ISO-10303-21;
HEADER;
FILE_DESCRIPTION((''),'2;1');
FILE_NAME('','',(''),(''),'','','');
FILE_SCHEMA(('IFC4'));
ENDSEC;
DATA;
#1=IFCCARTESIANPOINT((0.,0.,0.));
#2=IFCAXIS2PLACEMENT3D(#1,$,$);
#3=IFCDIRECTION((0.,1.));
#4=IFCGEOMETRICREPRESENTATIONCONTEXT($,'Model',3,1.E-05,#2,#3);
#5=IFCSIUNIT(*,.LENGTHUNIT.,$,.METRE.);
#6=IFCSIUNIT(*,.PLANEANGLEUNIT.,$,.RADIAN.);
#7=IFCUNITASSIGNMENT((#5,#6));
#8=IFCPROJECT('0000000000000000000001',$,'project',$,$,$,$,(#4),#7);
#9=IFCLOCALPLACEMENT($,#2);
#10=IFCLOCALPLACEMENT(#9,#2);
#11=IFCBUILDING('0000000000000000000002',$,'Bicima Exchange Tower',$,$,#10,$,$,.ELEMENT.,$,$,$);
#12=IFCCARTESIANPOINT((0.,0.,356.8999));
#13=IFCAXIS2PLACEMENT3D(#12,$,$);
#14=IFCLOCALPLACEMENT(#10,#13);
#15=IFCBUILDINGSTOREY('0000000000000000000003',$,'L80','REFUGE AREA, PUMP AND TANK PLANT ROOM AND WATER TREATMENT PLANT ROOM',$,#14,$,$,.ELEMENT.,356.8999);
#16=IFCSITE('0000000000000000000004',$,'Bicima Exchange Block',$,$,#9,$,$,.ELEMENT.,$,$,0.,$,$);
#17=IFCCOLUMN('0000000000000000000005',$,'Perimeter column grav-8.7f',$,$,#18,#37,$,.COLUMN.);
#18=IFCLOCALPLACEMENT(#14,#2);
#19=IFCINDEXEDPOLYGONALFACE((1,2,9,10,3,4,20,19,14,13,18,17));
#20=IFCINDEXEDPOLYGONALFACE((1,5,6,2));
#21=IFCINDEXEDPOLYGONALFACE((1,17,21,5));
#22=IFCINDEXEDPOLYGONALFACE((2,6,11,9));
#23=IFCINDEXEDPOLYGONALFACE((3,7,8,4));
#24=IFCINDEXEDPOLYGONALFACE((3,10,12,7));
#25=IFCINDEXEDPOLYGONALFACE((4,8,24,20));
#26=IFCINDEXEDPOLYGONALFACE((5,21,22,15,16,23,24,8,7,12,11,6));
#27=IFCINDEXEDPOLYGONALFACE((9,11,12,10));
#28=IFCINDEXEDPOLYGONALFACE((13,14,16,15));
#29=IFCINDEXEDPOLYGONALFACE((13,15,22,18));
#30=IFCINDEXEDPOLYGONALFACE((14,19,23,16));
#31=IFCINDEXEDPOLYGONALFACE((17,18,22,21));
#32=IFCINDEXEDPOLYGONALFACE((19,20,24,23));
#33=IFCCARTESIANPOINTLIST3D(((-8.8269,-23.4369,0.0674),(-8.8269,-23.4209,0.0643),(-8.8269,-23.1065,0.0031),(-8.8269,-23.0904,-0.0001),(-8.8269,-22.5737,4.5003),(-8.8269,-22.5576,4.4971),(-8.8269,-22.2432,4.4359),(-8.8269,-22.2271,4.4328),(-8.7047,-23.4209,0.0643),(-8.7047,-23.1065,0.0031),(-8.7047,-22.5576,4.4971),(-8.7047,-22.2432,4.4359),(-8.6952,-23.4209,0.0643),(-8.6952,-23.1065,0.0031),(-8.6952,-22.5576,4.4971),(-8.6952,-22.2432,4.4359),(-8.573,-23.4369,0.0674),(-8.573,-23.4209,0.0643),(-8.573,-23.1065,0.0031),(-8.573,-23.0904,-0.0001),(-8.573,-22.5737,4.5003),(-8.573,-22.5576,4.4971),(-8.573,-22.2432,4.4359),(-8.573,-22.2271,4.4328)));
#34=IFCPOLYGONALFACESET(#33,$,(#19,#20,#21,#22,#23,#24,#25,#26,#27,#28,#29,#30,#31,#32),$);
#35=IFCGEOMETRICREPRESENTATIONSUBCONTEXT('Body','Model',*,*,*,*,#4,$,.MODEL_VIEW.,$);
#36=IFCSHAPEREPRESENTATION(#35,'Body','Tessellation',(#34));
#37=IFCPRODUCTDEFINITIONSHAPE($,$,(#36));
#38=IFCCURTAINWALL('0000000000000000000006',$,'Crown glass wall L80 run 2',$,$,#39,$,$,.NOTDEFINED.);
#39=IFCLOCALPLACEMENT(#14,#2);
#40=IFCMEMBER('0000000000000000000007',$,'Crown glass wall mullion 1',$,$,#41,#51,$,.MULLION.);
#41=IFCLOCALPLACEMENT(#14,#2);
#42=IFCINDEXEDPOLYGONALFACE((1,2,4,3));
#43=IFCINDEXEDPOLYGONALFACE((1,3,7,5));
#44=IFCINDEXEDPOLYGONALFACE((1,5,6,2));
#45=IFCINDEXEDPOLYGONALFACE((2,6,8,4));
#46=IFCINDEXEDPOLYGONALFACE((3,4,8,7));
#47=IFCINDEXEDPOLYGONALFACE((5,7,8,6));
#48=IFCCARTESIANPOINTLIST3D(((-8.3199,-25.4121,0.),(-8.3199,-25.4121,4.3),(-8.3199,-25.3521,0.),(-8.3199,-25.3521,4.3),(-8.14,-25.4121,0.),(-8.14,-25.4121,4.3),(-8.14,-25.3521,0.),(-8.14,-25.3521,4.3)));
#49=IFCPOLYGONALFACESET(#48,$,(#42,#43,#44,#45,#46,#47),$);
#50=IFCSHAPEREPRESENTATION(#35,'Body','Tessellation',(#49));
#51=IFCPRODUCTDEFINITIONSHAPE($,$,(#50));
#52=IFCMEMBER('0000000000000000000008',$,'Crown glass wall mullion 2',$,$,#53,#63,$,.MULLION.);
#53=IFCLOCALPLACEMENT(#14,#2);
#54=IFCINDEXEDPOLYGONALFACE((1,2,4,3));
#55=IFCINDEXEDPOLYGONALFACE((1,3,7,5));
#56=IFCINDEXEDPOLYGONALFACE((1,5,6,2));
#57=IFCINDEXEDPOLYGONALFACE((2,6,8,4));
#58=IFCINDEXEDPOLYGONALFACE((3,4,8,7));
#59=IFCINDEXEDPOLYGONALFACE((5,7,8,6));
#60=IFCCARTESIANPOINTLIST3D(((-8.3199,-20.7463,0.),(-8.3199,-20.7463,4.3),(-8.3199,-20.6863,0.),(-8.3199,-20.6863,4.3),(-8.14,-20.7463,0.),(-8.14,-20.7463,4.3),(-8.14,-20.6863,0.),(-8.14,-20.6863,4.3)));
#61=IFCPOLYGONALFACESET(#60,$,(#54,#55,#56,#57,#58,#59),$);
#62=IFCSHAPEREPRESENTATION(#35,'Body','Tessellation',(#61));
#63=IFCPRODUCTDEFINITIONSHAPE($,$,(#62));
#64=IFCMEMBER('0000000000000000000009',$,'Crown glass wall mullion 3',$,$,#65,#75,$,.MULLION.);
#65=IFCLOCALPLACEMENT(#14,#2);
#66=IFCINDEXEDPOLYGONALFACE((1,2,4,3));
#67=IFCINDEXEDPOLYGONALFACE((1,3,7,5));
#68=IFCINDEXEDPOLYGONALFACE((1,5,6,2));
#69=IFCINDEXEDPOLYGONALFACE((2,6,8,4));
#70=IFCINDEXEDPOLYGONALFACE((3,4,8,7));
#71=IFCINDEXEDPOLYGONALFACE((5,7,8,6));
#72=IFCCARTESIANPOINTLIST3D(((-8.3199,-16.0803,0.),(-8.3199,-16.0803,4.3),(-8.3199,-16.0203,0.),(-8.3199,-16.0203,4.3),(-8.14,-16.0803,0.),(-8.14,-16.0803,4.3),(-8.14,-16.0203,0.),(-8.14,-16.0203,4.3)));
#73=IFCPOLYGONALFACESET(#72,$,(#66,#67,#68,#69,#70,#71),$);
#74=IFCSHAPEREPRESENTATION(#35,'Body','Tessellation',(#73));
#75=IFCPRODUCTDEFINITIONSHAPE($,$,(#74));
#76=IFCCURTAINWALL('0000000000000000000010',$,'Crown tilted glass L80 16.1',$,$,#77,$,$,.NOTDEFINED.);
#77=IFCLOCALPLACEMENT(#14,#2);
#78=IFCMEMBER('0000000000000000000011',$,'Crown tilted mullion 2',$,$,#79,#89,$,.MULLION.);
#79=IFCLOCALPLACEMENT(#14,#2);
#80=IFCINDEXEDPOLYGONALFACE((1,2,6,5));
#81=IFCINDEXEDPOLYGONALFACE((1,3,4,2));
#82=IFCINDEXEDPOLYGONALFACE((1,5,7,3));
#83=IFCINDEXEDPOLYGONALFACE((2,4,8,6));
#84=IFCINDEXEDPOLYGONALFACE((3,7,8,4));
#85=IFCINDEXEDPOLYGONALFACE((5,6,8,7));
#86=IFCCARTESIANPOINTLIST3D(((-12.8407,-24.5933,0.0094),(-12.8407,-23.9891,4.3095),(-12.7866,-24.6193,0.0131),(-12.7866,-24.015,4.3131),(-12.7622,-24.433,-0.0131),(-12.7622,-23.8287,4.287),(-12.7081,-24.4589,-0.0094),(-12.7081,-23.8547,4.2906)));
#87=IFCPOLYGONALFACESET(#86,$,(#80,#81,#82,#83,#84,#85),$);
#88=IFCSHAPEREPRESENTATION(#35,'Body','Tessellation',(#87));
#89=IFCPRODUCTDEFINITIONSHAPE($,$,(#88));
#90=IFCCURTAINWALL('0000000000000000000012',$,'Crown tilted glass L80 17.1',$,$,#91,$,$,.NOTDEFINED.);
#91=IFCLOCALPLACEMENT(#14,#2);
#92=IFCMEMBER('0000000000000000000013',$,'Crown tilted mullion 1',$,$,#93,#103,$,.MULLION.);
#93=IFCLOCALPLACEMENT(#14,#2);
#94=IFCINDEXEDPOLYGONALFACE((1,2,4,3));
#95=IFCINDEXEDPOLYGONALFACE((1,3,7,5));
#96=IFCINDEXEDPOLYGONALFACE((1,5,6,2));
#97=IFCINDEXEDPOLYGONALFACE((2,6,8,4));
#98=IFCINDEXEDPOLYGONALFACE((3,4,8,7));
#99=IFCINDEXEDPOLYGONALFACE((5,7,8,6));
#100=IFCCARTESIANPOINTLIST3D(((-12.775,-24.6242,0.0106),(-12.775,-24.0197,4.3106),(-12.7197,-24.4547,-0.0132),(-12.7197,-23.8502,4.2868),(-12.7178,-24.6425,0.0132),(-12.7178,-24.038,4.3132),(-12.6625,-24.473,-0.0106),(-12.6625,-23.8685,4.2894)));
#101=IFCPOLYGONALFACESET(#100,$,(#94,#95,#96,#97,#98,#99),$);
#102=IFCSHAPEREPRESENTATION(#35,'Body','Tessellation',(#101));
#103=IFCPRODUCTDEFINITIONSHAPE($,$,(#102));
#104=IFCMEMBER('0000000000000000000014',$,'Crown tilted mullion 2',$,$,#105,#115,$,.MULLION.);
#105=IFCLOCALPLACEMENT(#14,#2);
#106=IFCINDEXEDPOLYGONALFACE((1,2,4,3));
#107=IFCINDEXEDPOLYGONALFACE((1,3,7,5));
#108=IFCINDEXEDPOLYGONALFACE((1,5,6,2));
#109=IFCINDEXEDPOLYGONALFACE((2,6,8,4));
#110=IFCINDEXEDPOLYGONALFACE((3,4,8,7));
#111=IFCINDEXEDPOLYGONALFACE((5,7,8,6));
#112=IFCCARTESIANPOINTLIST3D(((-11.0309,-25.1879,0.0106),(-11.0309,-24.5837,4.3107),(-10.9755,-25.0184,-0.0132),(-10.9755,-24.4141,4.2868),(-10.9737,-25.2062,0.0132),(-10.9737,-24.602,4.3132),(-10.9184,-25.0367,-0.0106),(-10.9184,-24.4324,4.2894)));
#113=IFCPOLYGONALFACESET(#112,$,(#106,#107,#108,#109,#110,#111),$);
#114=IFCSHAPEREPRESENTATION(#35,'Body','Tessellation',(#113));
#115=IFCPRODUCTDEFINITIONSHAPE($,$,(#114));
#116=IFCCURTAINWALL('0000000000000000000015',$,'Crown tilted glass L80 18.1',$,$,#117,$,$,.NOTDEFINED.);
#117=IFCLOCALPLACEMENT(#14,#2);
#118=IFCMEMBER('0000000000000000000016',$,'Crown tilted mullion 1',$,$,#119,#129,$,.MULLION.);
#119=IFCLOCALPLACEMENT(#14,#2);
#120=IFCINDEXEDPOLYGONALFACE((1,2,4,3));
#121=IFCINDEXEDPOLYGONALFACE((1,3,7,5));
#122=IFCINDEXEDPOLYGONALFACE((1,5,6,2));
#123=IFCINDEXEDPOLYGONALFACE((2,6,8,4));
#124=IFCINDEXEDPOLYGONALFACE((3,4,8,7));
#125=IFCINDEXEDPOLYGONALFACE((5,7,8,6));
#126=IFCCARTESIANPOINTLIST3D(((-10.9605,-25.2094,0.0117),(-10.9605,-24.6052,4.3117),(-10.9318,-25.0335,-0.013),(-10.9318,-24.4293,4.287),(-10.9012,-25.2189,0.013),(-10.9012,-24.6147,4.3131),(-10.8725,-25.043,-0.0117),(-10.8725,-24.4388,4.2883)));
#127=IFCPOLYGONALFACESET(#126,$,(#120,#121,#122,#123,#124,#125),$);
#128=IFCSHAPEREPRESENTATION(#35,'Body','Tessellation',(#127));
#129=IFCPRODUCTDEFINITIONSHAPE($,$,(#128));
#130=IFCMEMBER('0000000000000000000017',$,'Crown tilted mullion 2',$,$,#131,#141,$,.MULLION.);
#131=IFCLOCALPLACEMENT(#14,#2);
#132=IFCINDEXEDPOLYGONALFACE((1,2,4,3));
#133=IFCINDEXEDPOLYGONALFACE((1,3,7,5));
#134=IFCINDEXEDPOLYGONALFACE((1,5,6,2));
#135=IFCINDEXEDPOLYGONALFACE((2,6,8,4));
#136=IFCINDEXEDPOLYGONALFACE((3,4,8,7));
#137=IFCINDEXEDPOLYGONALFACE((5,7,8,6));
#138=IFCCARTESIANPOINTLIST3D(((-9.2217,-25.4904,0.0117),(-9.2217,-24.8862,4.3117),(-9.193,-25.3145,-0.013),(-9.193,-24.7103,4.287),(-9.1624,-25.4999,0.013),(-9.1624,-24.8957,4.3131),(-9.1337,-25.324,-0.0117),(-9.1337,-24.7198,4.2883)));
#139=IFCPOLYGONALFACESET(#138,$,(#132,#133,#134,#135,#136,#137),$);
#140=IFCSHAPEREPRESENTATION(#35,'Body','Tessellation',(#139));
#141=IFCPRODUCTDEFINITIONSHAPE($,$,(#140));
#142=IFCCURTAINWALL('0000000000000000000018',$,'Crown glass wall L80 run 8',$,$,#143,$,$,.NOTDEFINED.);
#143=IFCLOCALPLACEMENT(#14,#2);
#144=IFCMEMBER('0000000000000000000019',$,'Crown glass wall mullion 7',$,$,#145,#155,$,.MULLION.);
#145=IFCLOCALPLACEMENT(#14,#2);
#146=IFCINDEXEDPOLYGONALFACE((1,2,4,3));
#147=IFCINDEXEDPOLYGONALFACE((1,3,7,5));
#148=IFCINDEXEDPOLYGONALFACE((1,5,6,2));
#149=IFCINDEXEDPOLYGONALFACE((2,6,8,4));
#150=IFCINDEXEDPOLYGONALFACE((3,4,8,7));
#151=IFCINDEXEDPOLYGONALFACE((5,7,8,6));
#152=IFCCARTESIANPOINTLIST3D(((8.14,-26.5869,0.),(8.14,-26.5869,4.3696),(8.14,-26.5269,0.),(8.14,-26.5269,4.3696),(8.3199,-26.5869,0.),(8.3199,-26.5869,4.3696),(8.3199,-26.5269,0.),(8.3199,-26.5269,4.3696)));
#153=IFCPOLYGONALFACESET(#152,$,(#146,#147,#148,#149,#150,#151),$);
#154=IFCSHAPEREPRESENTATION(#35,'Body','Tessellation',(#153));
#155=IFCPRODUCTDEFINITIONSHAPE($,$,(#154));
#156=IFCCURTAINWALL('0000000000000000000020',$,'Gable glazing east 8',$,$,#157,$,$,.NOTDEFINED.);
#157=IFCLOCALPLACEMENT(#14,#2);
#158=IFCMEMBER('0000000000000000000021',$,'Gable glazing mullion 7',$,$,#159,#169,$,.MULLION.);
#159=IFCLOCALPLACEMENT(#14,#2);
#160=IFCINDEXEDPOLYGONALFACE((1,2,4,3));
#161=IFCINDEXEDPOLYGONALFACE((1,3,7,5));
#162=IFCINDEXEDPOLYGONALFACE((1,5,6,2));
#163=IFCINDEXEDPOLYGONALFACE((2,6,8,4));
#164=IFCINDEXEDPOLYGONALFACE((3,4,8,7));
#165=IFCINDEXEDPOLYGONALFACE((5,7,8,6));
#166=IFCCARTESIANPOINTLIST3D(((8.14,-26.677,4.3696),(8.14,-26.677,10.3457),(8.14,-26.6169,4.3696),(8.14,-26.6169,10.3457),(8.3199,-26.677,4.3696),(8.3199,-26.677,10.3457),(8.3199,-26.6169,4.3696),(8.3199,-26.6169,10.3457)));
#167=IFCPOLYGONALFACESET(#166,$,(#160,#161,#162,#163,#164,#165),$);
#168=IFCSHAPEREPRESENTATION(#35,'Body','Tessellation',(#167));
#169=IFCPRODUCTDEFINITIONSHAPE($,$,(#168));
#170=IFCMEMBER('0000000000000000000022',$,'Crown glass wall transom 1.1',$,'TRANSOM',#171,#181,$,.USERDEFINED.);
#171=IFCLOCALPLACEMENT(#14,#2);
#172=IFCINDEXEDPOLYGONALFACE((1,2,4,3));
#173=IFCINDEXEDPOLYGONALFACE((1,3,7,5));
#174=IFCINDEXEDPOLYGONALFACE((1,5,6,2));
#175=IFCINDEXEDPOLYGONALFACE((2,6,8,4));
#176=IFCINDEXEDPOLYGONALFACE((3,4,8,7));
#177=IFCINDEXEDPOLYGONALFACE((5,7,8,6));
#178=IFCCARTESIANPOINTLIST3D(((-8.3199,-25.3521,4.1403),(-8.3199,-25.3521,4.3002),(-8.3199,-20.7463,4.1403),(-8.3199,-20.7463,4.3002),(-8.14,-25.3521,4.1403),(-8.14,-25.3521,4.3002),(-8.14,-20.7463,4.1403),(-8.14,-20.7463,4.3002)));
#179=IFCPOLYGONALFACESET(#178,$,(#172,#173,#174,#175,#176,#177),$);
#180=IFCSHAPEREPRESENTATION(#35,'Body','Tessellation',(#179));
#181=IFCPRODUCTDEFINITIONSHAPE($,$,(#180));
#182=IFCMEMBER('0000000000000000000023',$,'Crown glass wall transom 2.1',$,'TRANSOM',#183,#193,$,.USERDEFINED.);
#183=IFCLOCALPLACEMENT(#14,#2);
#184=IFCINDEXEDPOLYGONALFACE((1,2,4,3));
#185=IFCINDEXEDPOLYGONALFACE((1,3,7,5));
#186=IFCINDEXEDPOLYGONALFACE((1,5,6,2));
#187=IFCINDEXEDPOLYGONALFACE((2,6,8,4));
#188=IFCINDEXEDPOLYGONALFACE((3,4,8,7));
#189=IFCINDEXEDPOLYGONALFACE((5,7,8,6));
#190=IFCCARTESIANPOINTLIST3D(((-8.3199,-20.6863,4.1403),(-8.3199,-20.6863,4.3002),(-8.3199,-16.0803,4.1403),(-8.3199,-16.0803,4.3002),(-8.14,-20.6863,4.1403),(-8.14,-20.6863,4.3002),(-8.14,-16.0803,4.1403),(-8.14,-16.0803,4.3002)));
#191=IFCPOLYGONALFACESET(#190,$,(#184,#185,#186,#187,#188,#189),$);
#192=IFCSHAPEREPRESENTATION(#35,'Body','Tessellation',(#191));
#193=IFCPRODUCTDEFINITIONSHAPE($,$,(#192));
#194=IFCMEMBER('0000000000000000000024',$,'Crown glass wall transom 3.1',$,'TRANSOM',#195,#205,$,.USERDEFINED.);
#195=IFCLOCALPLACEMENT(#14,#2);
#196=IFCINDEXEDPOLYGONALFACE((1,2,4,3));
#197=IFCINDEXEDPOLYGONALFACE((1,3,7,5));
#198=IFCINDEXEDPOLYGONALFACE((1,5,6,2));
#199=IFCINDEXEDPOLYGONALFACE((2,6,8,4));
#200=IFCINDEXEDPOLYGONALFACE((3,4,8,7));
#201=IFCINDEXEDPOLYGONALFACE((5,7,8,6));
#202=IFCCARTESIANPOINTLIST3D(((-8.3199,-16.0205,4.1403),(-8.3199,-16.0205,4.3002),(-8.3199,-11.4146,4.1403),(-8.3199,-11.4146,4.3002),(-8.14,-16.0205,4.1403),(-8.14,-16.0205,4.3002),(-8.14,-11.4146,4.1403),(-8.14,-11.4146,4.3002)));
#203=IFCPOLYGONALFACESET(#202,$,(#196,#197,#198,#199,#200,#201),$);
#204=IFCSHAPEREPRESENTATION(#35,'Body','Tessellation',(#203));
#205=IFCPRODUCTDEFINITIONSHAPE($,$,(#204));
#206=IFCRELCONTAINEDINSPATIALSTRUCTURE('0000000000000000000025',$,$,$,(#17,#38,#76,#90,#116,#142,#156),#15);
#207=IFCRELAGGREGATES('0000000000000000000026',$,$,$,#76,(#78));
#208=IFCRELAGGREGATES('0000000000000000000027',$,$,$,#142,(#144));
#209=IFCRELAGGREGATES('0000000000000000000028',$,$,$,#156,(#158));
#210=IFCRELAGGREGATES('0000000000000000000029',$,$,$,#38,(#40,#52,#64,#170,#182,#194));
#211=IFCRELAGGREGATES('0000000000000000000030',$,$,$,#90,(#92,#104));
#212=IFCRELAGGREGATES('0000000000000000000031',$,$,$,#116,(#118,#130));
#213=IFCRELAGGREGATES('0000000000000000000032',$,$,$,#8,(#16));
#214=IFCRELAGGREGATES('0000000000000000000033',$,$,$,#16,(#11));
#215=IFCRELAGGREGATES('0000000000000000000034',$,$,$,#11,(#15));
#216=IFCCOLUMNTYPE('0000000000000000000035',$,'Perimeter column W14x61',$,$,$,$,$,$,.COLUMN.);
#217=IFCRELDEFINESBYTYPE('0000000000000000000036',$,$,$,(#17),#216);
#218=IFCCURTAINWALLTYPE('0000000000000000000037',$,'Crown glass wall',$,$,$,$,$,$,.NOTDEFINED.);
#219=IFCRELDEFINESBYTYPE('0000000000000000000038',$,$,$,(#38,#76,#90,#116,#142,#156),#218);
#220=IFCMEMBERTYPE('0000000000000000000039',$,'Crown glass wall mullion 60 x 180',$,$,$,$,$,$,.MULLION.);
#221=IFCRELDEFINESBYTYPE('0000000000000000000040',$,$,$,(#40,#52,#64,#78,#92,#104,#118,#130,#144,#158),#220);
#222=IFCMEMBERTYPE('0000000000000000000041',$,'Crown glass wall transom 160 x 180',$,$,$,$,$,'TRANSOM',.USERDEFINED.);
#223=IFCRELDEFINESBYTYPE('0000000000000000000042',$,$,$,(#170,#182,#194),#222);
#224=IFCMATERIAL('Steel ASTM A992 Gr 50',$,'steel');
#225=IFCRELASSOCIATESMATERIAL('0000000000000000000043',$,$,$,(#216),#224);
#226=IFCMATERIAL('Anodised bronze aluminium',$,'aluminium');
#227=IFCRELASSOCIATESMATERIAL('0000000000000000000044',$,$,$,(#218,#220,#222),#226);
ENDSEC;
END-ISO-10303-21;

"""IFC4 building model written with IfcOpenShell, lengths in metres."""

from ifc_helpers import new_model, si_unit, direction, frame, origin, origin_2d, place, context, subcontext, project, spatial, rectangle, i_section, extrude, material, material_profile, profile_set, type_object, element, aggregate, save


model = new_model("IFC4")

# Units and contexts
model_context = context("Model", 3, precision=1e-05, world=origin(), true_north=direction((0.0, 1.0)))
body_context = subcontext(model_context, "Body", "Model", "MODEL_VIEW")
ifc_project = project(units=[si_unit("LENGTHUNIT", "METRE"), si_unit("PLANEANGLEUNIT", "RADIAN")], contexts=[model_context])

# Site, building, storey
site_placement = place(None, origin())
site = spatial("IfcSite", under=ifc_project, at=site_placement, Name="Bicima Exchange Block", CompositionType="ELEMENT", RefElevation=0.0)
building_placement = place(site_placement, origin())
building = spatial("IfcBuilding", under=site, at=building_placement, Name="Bicima Exchange Tower", CompositionType="ELEMENT")
storey_placement = place(building_placement, frame((0.0, 0.0, 356.8999)))
storey = spatial("IfcBuildingStorey", under=building, at=storey_placement, Name="L80", Description="REFUGE AREA, PUMP AND TANK PLANT ROOM AND WATER TREATMENT PLANT ROOM", CompositionType="ELEMENT", Elevation=356.8999)

# Column
ifc_material_1 = material(Name="Steel ASTM A992 Gr 50", Category="steel")
ifc_material_profile_1 = material_profile(ifc_material_1, i_section(OverallWidth=0.2539, OverallDepth=0.353, WebThickness=0.0095, FlangeThickness=0.0164, at=origin_2d()))
ifc_profile_set_1 = profile_set([ifc_material_profile_1], Name="Steel ASTM A992 Gr 50")
column_type = type_object("IfcColumnType", Name="Perimeter column W14x61", PredefinedType="COLUMN", material=ifc_profile_set_1)
column_placement = place(storey_placement, frame((-8.7, -23.2637, 0.0337), z_axis=(0.0, 0.191155, 0.98156), x_axis=(-1.0, 0.0, 0.0)))
element("IfcColumn", 1, at=column_placement, inside=storey, type_object=column_type, Name="Perimeter column grav-8.7f", PredefinedType="COLUMN", context=body_context, shape_type="SweptSolid", body=[
    extrude(i_section(OverallWidth=0.2539, OverallDepth=0.353, WebThickness=0.0095, FlangeThickness=0.0164, at=origin_2d()), origin(), (0.0, 0.0, 1.0), 4.5161),
])

# Curtain wall, members
ifc_material_2 = material(Name="Anodised bronze aluminium", Category="aluminium")
curtain_wall_type = type_object("IfcCurtainWallType", Name="Crown glass wall", PredefinedType="NOTDEFINED", material=ifc_material_2)
curtain_wall_1_placement = place(storey_placement, origin())
curtain_wall_1 = element("IfcCurtainWall", 2, at=curtain_wall_1_placement, inside=storey, type_object=curtain_wall_type, Name="Crown glass wall L80 run 2", PredefinedType="NOTDEFINED")
ifc_material_profile_2 = material_profile(ifc_material_2, rectangle(XDim=0.1799, YDim=0.0601, at=origin_2d()))
ifc_profile_set_2 = profile_set([ifc_material_profile_2], Name="Anodised bronze aluminium")
member_type_1 = type_object("IfcMemberType", Name="Crown glass wall mullion 60 x 180", PredefinedType="MULLION", material=ifc_profile_set_2)
member_1_placement = place(storey_placement, frame((-8.23, -25.3821, 0.0), z_axis=(0.0, 0.0, 1.0), x_axis=(-1.0, 0.0, 0.0)))
member_1 = element("IfcMember", 3, at=member_1_placement, type_object=member_type_1, Name="Crown glass wall mullion 1", PredefinedType="MULLION", context=body_context, shape_type="SweptSolid", body=[
    extrude(rectangle(XDim=0.1799, YDim=0.0601, at=origin_2d()), origin(), (0.0, 0.0, 1.0), 4.3),
])
member_2_placement = place(storey_placement, frame((-8.23, -20.7163, 0.0), z_axis=(0.0, 0.0, 1.0), x_axis=(-1.0, 0.0, 0.0)))
member_2 = element("IfcMember", 4, at=member_2_placement, type_object=member_type_1, Name="Crown glass wall mullion 2", PredefinedType="MULLION", context=body_context, shape_type="SweptSolid", body=[
    extrude(rectangle(XDim=0.1799, YDim=0.0601, at=origin_2d()), origin(), (0.0, 0.0, 1.0), 4.3),
])
member_3_placement = place(storey_placement, frame((-8.23, -16.0503, 0.0), z_axis=(0.0, 0.0, 1.0), x_axis=(-1.0, 0.0, 0.0)))
member_3 = element("IfcMember", 5, at=member_3_placement, type_object=member_type_1, Name="Crown glass wall mullion 3", PredefinedType="MULLION", context=body_context, shape_type="SweptSolid", body=[
    extrude(rectangle(XDim=0.1799, YDim=0.0601, at=origin_2d()), origin(), (0.0, 0.0, 1.0), 4.3),
])

# Curtain wall, member
curtain_wall_2_placement = place(storey_placement, origin())
curtain_wall_2 = element("IfcCurtainWall", 6, at=curtain_wall_2_placement, inside=storey, type_object=curtain_wall_type, Name="Crown tilted glass L80 16.1", PredefinedType="NOTDEFINED")
member_4_placement = place(storey_placement, frame((-12.7744, -24.5261, 0.0), z_axis=(0.0, 0.139154, 0.990271), x_axis=(-0.436265, -0.891064, 0.125213)))
member_4 = element("IfcMember", 7, at=member_4_placement, type_object=member_type_1, Name="Crown tilted mullion 2", PredefinedType="MULLION", context=body_context, shape_type="SweptSolid", body=[
    extrude(rectangle(XDim=0.1799, YDim=0.0601, at=origin_2d()), origin(), (0.0, 0.0, 1.0), 4.3423),
])
aggregate(curtain_wall_2, [member_4])

# Curtain walls, members
curtain_wall_3_placement = place(storey_placement, origin())
curtain_wall_3 = element("IfcCurtainWall", 8, at=curtain_wall_3_placement, inside=storey, type_object=curtain_wall_type, Name="Crown tilted glass L80 17.1", PredefinedType="NOTDEFINED")
member_5_placement = place(storey_placement, frame((-12.7188, -24.5486, 0.0), z_axis=(0.0, 0.139209, 0.990263), x_axis=(-0.307573, -0.94226, 0.132461)))
member_5 = element("IfcMember", 9, at=member_5_placement, type_object=member_type_1, Name="Crown tilted mullion 1", PredefinedType="MULLION", context=body_context, shape_type="SweptSolid", body=[
    extrude(rectangle(XDim=0.1799, YDim=0.0601, at=origin_2d()), origin(), (0.0, 0.0, 1.0), 4.3423),
])
member_6_placement = place(storey_placement, frame((-10.9746, -25.1123, 0.0), z_axis=(0.0, 0.139154, 0.990271), x_axis=(-0.307573, -0.942267, 0.132408)))
member_6 = element("IfcMember", 10, at=member_6_placement, type_object=member_type_1, Name="Crown tilted mullion 2", PredefinedType="MULLION", context=body_context, shape_type="SweptSolid", body=[
    extrude(rectangle(XDim=0.1799, YDim=0.0601, at=origin_2d()), origin(), (0.0, 0.0, 1.0), 4.3423),
])
curtain_wall_4_placement = place(storey_placement, origin())
curtain_wall_4 = element("IfcCurtainWall", 11, at=curtain_wall_4_placement, inside=storey, type_object=curtain_wall_type, Name="Crown tilted glass L80 18.1", PredefinedType="NOTDEFINED")
member_7_placement = place(storey_placement, frame((-10.9165, -25.1262, 0.0), z_axis=(0.0, 0.139154, 0.990271), x_axis=(-0.15955, -0.977585, 0.137371)))
member_7 = element("IfcMember", 12, at=member_7_placement, type_object=member_type_1, Name="Crown tilted mullion 1", PredefinedType="MULLION", context=body_context, shape_type="SweptSolid", body=[
    extrude(rectangle(XDim=0.1799, YDim=0.0601, at=origin_2d()), origin(), (0.0, 0.0, 1.0), 4.3423),
])
member_8_placement = place(storey_placement, frame((-9.1777, -25.4072, 0.0), z_axis=(0.0, 0.139154, 0.990271), x_axis=(-0.15955, -0.977585, 0.137371)))
member_8 = element("IfcMember", 13, at=member_8_placement, type_object=member_type_1, Name="Crown tilted mullion 2", PredefinedType="MULLION", context=body_context, shape_type="SweptSolid", body=[
    extrude(rectangle(XDim=0.1799, YDim=0.0601, at=origin_2d()), origin(), (0.0, 0.0, 1.0), 4.3423),
])

# Curtain walls, members
curtain_wall_5_placement = place(storey_placement, origin())
curtain_wall_5 = element("IfcCurtainWall", 14, at=curtain_wall_5_placement, inside=storey, type_object=curtain_wall_type, Name="Crown glass wall L80 run 8", PredefinedType="NOTDEFINED")
member_9_placement = place(storey_placement, frame((8.23, -26.5569, 0.0), z_axis=(0.0, 0.0, 1.0), x_axis=(1.0, 0.0, 0.0)))
member_9 = element("IfcMember", 15, at=member_9_placement, type_object=member_type_1, Name="Crown glass wall mullion 7", PredefinedType="MULLION", context=body_context, shape_type="SweptSolid", body=[
    extrude(rectangle(XDim=0.1799, YDim=0.0601, at=origin_2d()), origin(), (0.0, 0.0, 1.0), 4.3696),
])
aggregate(curtain_wall_5, [member_9])
curtain_wall_6_placement = place(storey_placement, origin())
curtain_wall_6 = element("IfcCurtainWall", 16, at=curtain_wall_6_placement, inside=storey, type_object=curtain_wall_type, Name="Gable glazing east 8", PredefinedType="NOTDEFINED")
member_10_placement = place(storey_placement, frame((8.23, -26.647, 4.3696), z_axis=(0.0, 0.0, 1.0), x_axis=(1.0, 0.0, 0.0)))
member_10 = element("IfcMember", 17, at=member_10_placement, type_object=member_type_1, Name="Gable glazing mullion 7", PredefinedType="MULLION", context=body_context, shape_type="SweptSolid", body=[
    extrude(rectangle(XDim=0.1799, YDim=0.0601, at=origin_2d()), origin(), (0.0, 0.0, 1.0), 5.9761),
])
aggregate(curtain_wall_6, [member_10])

# Members
ifc_material_profile_3 = material_profile(ifc_material_2, rectangle(XDim=0.1799, YDim=0.1599, at=origin_2d()))
ifc_profile_set_3 = profile_set([ifc_material_profile_3], Name="Anodised bronze aluminium")
member_type_2 = type_object("IfcMemberType", Name="Crown glass wall transom 160 x 180", ElementType="TRANSOM", PredefinedType="USERDEFINED", material=ifc_profile_set_3)
member_11_placement = place(storey_placement, frame((-8.23, -25.3521, 4.2202), z_axis=(0.0, 1.0, 0.0), x_axis=(-1.0, 0.0, 0.0)))
member_11 = element("IfcMember", 18, at=member_11_placement, type_object=member_type_2, Name="Crown glass wall transom 1.1", ObjectType="TRANSOM", PredefinedType="USERDEFINED", context=body_context, shape_type="SweptSolid", body=[
    extrude(rectangle(XDim=0.1799, YDim=0.1599, at=origin_2d()), origin(), (0.0, 0.0, 1.0), 4.6057),
])
member_12_placement = place(storey_placement, frame((-8.23, -20.6863, 4.2202), z_axis=(0.0, 1.0, 0.0), x_axis=(-1.0, 0.0, 0.0)))
member_12 = element("IfcMember", 19, at=member_12_placement, type_object=member_type_2, Name="Crown glass wall transom 2.1", ObjectType="TRANSOM", PredefinedType="USERDEFINED", context=body_context, shape_type="SweptSolid", body=[
    extrude(rectangle(XDim=0.1799, YDim=0.1599, at=origin_2d()), origin(), (0.0, 0.0, 1.0), 4.606),
])
member_13_placement = place(storey_placement, frame((-8.23, -16.0205, 4.2202), z_axis=(0.0, 1.0, 0.0), x_axis=(-1.0, 0.0, 0.0)))
member_13 = element("IfcMember", 20, at=member_13_placement, type_object=member_type_2, Name="Crown glass wall transom 3.1", ObjectType="TRANSOM", PredefinedType="USERDEFINED", context=body_context, shape_type="SweptSolid", body=[
    extrude(rectangle(XDim=0.1799, YDim=0.1599, at=origin_2d()), origin(), (0.0, 0.0, 1.0), 4.606),
])

aggregate(curtain_wall_1, [member_1, member_2, member_3, member_11, member_12, member_13])
aggregate(curtain_wall_3, [member_5, member_6])
aggregate(curtain_wall_4, [member_7, member_8])

save(model, "model.ifc")
